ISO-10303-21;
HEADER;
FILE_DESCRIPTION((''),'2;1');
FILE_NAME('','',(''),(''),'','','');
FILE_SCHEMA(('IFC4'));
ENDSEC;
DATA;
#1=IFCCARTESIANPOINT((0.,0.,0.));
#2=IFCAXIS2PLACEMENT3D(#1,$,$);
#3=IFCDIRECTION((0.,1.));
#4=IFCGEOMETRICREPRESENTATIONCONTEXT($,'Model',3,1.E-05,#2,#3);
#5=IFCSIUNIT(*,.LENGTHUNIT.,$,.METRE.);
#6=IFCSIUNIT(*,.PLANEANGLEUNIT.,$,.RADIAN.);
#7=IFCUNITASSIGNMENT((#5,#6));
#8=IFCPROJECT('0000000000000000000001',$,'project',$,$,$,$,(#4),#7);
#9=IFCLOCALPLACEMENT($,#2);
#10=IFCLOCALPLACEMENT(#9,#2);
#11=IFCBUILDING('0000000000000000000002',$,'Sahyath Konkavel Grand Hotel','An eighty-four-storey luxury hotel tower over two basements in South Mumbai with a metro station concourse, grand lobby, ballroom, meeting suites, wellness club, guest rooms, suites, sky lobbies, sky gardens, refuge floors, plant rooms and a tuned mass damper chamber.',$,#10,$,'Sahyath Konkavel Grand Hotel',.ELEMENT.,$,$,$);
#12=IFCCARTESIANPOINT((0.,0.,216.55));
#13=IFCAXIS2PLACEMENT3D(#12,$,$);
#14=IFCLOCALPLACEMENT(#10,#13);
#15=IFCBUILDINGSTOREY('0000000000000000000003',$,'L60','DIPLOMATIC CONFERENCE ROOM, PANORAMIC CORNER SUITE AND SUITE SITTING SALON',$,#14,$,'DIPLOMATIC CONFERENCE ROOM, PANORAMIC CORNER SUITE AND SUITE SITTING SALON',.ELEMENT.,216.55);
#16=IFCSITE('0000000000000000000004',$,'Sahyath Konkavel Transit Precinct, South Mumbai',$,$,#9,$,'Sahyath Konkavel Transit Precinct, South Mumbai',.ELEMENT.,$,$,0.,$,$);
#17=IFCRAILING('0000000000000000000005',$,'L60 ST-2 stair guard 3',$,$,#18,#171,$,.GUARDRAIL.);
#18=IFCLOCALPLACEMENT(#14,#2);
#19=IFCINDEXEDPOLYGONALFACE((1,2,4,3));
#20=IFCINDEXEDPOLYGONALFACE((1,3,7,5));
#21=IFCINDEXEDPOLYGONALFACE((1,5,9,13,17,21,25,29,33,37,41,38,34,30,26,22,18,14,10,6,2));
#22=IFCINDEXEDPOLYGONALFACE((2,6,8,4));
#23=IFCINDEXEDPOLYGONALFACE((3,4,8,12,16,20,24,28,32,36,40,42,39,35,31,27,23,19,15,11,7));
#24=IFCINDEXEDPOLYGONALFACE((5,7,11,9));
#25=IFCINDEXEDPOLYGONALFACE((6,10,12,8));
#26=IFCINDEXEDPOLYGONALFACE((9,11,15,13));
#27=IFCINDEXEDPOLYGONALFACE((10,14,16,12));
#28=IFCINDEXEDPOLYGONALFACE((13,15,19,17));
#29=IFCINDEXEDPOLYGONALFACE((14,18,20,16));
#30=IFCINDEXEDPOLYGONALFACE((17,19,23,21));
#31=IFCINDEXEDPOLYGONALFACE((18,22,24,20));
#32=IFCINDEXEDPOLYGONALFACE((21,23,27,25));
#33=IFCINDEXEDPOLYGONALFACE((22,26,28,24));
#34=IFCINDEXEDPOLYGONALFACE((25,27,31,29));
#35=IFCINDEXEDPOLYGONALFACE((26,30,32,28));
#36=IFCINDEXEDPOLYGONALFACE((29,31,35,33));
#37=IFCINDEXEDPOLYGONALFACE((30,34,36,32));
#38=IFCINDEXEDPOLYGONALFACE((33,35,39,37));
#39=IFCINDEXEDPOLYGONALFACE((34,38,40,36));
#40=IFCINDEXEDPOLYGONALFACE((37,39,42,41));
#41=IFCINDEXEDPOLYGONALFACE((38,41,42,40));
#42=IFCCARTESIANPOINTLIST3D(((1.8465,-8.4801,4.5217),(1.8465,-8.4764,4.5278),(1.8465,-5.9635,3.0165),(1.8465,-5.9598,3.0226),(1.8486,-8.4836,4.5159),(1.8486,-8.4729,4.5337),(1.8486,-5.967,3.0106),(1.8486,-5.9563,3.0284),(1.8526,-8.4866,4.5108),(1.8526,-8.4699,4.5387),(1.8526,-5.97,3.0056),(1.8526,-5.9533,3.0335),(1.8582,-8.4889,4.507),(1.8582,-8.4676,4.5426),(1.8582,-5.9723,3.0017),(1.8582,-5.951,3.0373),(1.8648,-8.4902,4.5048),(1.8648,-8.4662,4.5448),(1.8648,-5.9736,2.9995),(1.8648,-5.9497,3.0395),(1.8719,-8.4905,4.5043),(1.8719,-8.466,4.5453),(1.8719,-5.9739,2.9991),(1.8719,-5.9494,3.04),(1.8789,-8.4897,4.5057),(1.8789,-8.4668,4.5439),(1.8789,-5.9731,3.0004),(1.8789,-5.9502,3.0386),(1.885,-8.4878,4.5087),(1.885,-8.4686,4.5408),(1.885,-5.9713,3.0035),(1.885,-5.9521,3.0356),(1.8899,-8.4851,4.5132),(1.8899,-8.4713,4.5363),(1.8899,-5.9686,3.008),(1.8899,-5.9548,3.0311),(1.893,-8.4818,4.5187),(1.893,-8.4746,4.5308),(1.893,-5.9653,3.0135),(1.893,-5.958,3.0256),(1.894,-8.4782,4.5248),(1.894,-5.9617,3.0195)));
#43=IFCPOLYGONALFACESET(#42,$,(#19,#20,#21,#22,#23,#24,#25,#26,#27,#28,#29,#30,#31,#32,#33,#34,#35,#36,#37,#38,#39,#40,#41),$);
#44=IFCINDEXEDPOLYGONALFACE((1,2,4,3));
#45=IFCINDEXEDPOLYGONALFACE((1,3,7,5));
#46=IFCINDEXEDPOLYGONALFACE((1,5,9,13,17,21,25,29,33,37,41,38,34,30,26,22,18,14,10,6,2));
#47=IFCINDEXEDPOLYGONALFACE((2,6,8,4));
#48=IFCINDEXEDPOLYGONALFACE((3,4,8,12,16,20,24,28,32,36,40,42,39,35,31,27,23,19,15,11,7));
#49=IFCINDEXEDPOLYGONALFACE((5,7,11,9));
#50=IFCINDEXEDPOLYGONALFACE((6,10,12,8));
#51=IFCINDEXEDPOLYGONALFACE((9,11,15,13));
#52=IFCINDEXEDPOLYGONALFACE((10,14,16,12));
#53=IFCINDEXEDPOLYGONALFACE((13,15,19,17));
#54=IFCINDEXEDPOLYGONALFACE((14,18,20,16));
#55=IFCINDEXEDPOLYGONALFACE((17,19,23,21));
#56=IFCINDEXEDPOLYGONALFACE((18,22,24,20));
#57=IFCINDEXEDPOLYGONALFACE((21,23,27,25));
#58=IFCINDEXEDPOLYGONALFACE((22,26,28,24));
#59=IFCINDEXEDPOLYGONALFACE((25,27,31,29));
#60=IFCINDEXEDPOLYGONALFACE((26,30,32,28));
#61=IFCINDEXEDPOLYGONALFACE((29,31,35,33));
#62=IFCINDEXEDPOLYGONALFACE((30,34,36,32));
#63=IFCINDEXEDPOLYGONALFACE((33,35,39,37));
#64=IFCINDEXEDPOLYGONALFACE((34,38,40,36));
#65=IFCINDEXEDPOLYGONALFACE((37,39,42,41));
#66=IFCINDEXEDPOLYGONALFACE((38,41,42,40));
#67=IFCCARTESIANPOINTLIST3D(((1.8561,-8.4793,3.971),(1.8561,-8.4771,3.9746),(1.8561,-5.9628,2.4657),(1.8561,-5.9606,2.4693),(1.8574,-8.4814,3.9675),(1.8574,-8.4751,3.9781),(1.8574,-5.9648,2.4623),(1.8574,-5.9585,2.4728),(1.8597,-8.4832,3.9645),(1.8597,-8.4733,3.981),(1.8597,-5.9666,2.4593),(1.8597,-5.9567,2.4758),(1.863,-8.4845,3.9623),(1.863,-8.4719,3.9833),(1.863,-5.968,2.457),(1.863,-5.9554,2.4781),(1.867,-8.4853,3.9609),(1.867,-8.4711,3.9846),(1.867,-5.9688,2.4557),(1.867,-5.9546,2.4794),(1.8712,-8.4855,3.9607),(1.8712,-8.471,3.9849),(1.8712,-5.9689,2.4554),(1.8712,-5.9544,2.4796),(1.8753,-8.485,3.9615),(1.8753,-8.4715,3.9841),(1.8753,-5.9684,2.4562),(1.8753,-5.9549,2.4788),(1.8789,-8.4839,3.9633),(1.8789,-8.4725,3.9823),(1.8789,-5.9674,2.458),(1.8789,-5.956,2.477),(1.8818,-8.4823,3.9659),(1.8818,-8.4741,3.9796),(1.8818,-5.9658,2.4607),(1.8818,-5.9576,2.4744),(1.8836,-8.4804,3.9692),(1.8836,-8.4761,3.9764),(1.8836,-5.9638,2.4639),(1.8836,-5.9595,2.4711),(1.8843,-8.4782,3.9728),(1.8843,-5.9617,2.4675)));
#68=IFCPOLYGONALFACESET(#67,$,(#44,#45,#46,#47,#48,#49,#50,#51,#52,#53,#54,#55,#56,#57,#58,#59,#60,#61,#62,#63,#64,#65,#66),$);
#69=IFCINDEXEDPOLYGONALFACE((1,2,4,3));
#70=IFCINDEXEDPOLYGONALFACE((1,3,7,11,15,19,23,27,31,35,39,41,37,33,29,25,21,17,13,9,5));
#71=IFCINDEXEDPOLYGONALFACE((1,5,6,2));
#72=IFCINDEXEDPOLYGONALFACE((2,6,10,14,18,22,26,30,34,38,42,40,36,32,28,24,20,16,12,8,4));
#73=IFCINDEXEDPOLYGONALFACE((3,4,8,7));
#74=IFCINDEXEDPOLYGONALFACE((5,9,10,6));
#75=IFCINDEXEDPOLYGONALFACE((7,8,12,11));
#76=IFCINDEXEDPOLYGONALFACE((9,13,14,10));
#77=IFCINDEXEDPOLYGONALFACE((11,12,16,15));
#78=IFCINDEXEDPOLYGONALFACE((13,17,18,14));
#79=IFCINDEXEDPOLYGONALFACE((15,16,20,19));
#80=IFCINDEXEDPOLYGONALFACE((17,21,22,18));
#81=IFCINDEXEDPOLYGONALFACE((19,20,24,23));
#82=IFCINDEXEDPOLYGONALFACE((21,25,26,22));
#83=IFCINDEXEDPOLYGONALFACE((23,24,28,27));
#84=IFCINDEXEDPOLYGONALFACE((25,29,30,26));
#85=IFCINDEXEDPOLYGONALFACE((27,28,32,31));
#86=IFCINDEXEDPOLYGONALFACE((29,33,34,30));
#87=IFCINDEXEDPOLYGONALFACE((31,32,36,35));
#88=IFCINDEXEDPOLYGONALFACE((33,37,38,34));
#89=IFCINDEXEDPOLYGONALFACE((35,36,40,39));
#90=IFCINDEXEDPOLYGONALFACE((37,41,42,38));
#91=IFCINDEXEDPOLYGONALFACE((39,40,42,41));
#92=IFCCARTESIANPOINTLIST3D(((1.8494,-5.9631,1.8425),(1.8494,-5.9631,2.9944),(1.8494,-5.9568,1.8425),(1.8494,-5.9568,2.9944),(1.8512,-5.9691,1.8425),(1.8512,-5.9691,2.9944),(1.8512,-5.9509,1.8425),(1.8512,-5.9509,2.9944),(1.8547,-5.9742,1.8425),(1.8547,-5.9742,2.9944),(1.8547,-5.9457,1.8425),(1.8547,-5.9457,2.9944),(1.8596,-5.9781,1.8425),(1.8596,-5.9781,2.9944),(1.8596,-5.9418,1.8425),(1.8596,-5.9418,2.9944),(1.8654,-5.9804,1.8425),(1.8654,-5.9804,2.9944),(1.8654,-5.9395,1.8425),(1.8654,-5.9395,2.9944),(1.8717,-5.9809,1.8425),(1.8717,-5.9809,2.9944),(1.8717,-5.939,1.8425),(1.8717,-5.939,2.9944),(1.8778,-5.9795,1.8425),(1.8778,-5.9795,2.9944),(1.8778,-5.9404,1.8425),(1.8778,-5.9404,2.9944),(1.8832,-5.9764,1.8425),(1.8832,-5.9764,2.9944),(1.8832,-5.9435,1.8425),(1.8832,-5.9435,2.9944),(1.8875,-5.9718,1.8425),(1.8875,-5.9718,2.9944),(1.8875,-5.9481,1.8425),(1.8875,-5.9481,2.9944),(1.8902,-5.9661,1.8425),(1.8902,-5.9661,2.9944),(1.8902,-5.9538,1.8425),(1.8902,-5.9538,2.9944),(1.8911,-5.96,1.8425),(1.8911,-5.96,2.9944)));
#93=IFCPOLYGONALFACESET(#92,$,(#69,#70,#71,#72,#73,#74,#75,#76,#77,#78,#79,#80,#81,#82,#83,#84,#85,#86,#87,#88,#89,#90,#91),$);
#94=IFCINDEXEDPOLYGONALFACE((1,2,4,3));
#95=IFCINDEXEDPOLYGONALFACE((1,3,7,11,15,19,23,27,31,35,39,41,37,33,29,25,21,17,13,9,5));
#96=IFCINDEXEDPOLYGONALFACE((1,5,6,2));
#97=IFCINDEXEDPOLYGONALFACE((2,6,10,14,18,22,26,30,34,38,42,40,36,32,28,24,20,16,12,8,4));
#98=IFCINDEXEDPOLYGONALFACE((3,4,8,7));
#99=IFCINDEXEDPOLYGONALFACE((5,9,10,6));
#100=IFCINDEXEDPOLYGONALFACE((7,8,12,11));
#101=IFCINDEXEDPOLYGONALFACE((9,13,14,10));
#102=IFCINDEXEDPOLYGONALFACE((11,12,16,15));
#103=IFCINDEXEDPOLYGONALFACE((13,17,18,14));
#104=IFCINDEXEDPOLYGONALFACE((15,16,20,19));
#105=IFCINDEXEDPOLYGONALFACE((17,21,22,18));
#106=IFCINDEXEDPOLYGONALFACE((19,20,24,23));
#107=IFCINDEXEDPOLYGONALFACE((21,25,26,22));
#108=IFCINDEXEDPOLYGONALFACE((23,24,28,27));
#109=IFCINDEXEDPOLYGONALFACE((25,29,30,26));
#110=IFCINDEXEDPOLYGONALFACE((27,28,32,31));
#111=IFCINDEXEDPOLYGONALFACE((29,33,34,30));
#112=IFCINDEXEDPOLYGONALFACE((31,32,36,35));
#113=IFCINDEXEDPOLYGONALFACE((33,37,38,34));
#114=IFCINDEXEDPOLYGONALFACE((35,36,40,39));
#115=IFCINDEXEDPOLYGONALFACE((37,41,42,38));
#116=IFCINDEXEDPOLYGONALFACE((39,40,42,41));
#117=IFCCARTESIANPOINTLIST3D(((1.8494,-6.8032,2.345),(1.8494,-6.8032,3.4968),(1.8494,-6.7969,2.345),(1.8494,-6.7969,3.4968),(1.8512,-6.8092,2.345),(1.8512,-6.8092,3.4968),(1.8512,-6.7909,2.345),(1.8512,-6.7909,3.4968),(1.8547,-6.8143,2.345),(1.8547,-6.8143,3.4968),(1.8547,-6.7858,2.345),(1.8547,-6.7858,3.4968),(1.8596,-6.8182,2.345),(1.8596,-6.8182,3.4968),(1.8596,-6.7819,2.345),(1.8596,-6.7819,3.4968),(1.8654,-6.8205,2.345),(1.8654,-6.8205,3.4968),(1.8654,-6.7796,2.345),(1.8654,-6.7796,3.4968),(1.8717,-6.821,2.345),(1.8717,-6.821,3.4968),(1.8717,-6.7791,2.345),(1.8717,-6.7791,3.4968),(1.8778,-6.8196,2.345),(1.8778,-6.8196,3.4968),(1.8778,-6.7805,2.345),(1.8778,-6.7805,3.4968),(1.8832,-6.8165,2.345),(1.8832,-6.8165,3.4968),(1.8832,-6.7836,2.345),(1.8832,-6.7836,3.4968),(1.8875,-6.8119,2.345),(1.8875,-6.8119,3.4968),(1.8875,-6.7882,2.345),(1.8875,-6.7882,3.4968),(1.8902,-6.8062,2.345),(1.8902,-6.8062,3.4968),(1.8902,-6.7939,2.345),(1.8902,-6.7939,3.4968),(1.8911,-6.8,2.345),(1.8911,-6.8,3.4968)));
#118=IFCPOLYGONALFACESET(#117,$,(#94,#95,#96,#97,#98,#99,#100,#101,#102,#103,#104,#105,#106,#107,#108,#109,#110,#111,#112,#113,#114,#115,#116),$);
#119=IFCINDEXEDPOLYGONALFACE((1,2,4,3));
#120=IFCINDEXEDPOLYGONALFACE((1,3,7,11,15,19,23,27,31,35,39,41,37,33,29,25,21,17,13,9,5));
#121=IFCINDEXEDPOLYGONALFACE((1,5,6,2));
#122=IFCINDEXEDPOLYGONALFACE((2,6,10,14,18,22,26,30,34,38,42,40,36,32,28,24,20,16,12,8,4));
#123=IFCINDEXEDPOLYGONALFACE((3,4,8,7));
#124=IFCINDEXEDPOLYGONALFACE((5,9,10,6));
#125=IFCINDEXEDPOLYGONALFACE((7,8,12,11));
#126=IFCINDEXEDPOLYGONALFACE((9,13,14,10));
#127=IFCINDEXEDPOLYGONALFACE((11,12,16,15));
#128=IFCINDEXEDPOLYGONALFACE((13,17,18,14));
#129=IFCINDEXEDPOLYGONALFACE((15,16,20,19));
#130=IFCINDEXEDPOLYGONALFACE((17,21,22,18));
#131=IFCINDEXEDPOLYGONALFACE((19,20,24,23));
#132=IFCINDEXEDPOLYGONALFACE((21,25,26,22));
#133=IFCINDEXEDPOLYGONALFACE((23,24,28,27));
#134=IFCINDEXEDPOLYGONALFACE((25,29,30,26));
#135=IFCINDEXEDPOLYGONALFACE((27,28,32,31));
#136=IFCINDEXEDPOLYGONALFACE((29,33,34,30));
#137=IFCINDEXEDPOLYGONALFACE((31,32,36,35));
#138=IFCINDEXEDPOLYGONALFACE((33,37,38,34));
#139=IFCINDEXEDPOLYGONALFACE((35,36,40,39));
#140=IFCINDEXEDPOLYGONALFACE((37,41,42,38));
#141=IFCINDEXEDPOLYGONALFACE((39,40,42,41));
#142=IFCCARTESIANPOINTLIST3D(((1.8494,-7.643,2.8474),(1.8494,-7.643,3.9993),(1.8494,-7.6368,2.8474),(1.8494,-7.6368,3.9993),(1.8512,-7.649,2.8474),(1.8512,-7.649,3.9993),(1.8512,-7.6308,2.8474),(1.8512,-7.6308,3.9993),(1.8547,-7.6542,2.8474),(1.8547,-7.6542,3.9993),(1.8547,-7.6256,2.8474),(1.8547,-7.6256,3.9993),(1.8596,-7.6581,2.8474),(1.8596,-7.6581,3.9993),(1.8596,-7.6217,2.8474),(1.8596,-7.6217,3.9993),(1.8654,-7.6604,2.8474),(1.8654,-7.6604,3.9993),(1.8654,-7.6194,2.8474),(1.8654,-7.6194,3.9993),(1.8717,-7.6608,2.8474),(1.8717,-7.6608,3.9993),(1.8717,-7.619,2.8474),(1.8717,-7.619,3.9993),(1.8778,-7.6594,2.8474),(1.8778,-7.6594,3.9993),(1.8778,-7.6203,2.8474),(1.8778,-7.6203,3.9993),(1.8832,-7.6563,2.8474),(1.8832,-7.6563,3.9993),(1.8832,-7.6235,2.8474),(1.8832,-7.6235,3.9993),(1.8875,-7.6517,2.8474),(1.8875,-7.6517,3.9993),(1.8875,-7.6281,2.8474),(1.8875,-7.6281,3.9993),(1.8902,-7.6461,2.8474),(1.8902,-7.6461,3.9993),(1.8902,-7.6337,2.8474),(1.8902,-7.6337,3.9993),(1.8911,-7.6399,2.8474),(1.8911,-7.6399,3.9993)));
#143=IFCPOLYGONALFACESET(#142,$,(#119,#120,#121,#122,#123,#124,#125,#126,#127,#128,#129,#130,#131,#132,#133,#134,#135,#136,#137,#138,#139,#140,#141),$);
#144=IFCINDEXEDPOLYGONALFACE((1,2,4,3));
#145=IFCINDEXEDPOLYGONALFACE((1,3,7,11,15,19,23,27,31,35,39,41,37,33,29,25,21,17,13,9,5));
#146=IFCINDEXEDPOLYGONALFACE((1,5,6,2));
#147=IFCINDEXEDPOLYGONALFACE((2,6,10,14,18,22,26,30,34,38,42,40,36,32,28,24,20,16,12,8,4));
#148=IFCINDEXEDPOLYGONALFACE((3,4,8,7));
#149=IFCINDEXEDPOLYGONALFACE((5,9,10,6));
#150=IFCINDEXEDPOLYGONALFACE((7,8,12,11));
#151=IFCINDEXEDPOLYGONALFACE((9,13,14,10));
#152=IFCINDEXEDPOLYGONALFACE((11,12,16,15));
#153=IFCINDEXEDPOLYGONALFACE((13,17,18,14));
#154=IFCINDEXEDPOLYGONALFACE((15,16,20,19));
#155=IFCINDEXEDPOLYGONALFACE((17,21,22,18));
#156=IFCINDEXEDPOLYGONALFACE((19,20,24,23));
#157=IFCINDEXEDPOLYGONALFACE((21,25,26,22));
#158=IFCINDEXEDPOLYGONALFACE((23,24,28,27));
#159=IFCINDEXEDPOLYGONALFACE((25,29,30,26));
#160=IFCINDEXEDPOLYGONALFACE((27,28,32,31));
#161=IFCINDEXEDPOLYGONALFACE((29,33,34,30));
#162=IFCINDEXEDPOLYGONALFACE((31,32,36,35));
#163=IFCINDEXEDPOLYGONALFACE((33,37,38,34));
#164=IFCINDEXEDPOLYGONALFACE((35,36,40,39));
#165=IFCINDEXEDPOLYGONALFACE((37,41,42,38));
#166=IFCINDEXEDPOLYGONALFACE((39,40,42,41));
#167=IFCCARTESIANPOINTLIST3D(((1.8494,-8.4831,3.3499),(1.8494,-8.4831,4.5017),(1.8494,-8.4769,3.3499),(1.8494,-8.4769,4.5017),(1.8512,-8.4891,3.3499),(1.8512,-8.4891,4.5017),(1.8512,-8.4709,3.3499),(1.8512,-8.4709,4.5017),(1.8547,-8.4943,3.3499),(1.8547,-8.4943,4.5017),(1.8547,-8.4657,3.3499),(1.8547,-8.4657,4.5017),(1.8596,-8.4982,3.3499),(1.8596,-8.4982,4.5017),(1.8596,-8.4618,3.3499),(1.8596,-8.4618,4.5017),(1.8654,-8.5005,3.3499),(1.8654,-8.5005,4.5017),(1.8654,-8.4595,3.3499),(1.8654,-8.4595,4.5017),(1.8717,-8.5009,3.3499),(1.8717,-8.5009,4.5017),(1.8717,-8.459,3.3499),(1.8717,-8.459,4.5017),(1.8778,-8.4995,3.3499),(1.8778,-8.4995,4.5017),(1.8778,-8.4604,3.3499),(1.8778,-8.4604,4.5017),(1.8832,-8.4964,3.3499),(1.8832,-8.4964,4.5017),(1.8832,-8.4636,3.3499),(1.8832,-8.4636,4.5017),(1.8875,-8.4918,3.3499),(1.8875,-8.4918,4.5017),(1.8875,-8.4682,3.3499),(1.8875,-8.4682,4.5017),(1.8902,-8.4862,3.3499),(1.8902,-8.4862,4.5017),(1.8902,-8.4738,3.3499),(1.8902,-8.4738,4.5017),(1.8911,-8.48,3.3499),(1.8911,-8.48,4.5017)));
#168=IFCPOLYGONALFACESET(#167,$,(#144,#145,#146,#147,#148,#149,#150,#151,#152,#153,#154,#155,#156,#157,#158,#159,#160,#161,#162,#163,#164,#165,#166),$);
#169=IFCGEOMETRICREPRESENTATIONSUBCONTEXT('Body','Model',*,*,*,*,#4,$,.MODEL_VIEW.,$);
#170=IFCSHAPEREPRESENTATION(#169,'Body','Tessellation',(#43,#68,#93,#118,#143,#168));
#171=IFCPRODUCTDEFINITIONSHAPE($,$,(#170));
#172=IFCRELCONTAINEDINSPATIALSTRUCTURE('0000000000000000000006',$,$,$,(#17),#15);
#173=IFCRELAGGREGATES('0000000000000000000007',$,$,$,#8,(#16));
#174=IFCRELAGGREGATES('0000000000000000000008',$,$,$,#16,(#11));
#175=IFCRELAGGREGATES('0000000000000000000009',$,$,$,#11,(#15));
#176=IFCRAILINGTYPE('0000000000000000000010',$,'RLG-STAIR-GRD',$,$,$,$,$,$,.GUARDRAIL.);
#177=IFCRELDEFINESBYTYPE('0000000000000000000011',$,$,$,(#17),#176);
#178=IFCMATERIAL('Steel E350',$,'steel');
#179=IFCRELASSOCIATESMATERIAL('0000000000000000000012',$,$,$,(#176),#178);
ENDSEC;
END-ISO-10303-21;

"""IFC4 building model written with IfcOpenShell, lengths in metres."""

from ifc_helpers import new_model, si_unit, direction, frame, origin, origin_2d, place, context, subcontext, project, spatial, circle, extrude, material, type_object, element, save


model = new_model("IFC4")

# Units and contexts
model_context = context("Model", 3, precision=1e-05, world=origin(), true_north=direction((0.0, 1.0)))
body_context = subcontext(model_context, "Body", "Model", "MODEL_VIEW")
ifc_project = project(units=[si_unit("LENGTHUNIT", "METRE"), si_unit("PLANEANGLEUNIT", "RADIAN")], contexts=[model_context])

# Site, building, storey
site_placement = place(None, origin())
site = spatial("IfcSite", under=ifc_project, at=site_placement, Name="Sahyath Konkavel Transit Precinct, South Mumbai", LongName="Sahyath Konkavel Transit Precinct, South Mumbai", CompositionType="ELEMENT", RefElevation=0.0)
building_placement = place(site_placement, origin())
building = spatial("IfcBuilding", under=site, at=building_placement, Name="Sahyath Konkavel Grand Hotel", Description="An eighty-four-storey luxury hotel tower over two basements in South Mumbai with a metro station concourse, grand lobby, ballroom, meeting suites, wellness club, guest rooms, suites, sky lobbies, sky gardens, refuge floors, plant rooms and a tuned mass damper chamber.", LongName="Sahyath Konkavel Grand Hotel", CompositionType="ELEMENT")
storey_placement = place(building_placement, frame((0.0, 0.0, 216.55)))
storey = spatial("IfcBuildingStorey", under=building, at=storey_placement, Name="L60", Description="DIPLOMATIC CONFERENCE ROOM, PANORAMIC CORNER SUITE AND SUITE SITTING SALON", LongName="DIPLOMATIC CONFERENCE ROOM, PANORAMIC CORNER SUITE AND SUITE SITTING SALON", CompositionType="ELEMENT", Elevation=216.55)

# Shared definitions
ifc_material_1 = material(Name="Steel E350", Category="steel")

# Railing
railing_type_1 = type_object("IfcRailingType", Name="RLG-STAIR-GRD", PredefinedType="GUARDRAIL", material=ifc_material_1)
railing_1_placement = place(storey_placement, frame((1.8701, -5.96, 1.8425)))
element("IfcRailing", 1, at=railing_1_placement, inside=storey, type_object=railing_type_1, Name="L60 ST-2 stair guard 3", PredefinedType="GUARDRAIL", context=body_context, shape_type="SweptSolid", body=[
    extrude(circle(Radius=0.0239, at=origin_2d()), frame((0.0, -0.0017, 1.177), z_axis=(0.0, -0.858196, 0.513321), x_axis=(1.0, 0.0, 0.0)), (0.0, 0.0, 1.0), 2.9324),
    extrude(circle(Radius=0.0142, at=origin_2d()), frame((0.0, -0.0017, 0.625), z_axis=(0.0, -0.858196, 0.513321), x_axis=(1.0, 0.0, 0.0)), (0.0, 0.0, 1.0), 2.9324),
    extrude(circle(Radius=0.021, at=origin_2d()), origin(), (0.0, 0.0, 1.0), 1.1519),
    extrude(circle(Radius=0.021, at=origin_2d()), frame((0.0, -0.8401, 0.5024)), (0.0, 0.0, 1.0), 1.1519),
    extrude(circle(Radius=0.021, at=origin_2d()), frame((0.0, -1.6799, 1.0049)), (0.0, 0.0, 1.0), 1.1519),
    extrude(circle(Radius=0.021, at=origin_2d()), frame((0.0, -2.52, 1.5073)), (0.0, 0.0, 1.0), 1.1519),
])

save(model, "model.ifc")
